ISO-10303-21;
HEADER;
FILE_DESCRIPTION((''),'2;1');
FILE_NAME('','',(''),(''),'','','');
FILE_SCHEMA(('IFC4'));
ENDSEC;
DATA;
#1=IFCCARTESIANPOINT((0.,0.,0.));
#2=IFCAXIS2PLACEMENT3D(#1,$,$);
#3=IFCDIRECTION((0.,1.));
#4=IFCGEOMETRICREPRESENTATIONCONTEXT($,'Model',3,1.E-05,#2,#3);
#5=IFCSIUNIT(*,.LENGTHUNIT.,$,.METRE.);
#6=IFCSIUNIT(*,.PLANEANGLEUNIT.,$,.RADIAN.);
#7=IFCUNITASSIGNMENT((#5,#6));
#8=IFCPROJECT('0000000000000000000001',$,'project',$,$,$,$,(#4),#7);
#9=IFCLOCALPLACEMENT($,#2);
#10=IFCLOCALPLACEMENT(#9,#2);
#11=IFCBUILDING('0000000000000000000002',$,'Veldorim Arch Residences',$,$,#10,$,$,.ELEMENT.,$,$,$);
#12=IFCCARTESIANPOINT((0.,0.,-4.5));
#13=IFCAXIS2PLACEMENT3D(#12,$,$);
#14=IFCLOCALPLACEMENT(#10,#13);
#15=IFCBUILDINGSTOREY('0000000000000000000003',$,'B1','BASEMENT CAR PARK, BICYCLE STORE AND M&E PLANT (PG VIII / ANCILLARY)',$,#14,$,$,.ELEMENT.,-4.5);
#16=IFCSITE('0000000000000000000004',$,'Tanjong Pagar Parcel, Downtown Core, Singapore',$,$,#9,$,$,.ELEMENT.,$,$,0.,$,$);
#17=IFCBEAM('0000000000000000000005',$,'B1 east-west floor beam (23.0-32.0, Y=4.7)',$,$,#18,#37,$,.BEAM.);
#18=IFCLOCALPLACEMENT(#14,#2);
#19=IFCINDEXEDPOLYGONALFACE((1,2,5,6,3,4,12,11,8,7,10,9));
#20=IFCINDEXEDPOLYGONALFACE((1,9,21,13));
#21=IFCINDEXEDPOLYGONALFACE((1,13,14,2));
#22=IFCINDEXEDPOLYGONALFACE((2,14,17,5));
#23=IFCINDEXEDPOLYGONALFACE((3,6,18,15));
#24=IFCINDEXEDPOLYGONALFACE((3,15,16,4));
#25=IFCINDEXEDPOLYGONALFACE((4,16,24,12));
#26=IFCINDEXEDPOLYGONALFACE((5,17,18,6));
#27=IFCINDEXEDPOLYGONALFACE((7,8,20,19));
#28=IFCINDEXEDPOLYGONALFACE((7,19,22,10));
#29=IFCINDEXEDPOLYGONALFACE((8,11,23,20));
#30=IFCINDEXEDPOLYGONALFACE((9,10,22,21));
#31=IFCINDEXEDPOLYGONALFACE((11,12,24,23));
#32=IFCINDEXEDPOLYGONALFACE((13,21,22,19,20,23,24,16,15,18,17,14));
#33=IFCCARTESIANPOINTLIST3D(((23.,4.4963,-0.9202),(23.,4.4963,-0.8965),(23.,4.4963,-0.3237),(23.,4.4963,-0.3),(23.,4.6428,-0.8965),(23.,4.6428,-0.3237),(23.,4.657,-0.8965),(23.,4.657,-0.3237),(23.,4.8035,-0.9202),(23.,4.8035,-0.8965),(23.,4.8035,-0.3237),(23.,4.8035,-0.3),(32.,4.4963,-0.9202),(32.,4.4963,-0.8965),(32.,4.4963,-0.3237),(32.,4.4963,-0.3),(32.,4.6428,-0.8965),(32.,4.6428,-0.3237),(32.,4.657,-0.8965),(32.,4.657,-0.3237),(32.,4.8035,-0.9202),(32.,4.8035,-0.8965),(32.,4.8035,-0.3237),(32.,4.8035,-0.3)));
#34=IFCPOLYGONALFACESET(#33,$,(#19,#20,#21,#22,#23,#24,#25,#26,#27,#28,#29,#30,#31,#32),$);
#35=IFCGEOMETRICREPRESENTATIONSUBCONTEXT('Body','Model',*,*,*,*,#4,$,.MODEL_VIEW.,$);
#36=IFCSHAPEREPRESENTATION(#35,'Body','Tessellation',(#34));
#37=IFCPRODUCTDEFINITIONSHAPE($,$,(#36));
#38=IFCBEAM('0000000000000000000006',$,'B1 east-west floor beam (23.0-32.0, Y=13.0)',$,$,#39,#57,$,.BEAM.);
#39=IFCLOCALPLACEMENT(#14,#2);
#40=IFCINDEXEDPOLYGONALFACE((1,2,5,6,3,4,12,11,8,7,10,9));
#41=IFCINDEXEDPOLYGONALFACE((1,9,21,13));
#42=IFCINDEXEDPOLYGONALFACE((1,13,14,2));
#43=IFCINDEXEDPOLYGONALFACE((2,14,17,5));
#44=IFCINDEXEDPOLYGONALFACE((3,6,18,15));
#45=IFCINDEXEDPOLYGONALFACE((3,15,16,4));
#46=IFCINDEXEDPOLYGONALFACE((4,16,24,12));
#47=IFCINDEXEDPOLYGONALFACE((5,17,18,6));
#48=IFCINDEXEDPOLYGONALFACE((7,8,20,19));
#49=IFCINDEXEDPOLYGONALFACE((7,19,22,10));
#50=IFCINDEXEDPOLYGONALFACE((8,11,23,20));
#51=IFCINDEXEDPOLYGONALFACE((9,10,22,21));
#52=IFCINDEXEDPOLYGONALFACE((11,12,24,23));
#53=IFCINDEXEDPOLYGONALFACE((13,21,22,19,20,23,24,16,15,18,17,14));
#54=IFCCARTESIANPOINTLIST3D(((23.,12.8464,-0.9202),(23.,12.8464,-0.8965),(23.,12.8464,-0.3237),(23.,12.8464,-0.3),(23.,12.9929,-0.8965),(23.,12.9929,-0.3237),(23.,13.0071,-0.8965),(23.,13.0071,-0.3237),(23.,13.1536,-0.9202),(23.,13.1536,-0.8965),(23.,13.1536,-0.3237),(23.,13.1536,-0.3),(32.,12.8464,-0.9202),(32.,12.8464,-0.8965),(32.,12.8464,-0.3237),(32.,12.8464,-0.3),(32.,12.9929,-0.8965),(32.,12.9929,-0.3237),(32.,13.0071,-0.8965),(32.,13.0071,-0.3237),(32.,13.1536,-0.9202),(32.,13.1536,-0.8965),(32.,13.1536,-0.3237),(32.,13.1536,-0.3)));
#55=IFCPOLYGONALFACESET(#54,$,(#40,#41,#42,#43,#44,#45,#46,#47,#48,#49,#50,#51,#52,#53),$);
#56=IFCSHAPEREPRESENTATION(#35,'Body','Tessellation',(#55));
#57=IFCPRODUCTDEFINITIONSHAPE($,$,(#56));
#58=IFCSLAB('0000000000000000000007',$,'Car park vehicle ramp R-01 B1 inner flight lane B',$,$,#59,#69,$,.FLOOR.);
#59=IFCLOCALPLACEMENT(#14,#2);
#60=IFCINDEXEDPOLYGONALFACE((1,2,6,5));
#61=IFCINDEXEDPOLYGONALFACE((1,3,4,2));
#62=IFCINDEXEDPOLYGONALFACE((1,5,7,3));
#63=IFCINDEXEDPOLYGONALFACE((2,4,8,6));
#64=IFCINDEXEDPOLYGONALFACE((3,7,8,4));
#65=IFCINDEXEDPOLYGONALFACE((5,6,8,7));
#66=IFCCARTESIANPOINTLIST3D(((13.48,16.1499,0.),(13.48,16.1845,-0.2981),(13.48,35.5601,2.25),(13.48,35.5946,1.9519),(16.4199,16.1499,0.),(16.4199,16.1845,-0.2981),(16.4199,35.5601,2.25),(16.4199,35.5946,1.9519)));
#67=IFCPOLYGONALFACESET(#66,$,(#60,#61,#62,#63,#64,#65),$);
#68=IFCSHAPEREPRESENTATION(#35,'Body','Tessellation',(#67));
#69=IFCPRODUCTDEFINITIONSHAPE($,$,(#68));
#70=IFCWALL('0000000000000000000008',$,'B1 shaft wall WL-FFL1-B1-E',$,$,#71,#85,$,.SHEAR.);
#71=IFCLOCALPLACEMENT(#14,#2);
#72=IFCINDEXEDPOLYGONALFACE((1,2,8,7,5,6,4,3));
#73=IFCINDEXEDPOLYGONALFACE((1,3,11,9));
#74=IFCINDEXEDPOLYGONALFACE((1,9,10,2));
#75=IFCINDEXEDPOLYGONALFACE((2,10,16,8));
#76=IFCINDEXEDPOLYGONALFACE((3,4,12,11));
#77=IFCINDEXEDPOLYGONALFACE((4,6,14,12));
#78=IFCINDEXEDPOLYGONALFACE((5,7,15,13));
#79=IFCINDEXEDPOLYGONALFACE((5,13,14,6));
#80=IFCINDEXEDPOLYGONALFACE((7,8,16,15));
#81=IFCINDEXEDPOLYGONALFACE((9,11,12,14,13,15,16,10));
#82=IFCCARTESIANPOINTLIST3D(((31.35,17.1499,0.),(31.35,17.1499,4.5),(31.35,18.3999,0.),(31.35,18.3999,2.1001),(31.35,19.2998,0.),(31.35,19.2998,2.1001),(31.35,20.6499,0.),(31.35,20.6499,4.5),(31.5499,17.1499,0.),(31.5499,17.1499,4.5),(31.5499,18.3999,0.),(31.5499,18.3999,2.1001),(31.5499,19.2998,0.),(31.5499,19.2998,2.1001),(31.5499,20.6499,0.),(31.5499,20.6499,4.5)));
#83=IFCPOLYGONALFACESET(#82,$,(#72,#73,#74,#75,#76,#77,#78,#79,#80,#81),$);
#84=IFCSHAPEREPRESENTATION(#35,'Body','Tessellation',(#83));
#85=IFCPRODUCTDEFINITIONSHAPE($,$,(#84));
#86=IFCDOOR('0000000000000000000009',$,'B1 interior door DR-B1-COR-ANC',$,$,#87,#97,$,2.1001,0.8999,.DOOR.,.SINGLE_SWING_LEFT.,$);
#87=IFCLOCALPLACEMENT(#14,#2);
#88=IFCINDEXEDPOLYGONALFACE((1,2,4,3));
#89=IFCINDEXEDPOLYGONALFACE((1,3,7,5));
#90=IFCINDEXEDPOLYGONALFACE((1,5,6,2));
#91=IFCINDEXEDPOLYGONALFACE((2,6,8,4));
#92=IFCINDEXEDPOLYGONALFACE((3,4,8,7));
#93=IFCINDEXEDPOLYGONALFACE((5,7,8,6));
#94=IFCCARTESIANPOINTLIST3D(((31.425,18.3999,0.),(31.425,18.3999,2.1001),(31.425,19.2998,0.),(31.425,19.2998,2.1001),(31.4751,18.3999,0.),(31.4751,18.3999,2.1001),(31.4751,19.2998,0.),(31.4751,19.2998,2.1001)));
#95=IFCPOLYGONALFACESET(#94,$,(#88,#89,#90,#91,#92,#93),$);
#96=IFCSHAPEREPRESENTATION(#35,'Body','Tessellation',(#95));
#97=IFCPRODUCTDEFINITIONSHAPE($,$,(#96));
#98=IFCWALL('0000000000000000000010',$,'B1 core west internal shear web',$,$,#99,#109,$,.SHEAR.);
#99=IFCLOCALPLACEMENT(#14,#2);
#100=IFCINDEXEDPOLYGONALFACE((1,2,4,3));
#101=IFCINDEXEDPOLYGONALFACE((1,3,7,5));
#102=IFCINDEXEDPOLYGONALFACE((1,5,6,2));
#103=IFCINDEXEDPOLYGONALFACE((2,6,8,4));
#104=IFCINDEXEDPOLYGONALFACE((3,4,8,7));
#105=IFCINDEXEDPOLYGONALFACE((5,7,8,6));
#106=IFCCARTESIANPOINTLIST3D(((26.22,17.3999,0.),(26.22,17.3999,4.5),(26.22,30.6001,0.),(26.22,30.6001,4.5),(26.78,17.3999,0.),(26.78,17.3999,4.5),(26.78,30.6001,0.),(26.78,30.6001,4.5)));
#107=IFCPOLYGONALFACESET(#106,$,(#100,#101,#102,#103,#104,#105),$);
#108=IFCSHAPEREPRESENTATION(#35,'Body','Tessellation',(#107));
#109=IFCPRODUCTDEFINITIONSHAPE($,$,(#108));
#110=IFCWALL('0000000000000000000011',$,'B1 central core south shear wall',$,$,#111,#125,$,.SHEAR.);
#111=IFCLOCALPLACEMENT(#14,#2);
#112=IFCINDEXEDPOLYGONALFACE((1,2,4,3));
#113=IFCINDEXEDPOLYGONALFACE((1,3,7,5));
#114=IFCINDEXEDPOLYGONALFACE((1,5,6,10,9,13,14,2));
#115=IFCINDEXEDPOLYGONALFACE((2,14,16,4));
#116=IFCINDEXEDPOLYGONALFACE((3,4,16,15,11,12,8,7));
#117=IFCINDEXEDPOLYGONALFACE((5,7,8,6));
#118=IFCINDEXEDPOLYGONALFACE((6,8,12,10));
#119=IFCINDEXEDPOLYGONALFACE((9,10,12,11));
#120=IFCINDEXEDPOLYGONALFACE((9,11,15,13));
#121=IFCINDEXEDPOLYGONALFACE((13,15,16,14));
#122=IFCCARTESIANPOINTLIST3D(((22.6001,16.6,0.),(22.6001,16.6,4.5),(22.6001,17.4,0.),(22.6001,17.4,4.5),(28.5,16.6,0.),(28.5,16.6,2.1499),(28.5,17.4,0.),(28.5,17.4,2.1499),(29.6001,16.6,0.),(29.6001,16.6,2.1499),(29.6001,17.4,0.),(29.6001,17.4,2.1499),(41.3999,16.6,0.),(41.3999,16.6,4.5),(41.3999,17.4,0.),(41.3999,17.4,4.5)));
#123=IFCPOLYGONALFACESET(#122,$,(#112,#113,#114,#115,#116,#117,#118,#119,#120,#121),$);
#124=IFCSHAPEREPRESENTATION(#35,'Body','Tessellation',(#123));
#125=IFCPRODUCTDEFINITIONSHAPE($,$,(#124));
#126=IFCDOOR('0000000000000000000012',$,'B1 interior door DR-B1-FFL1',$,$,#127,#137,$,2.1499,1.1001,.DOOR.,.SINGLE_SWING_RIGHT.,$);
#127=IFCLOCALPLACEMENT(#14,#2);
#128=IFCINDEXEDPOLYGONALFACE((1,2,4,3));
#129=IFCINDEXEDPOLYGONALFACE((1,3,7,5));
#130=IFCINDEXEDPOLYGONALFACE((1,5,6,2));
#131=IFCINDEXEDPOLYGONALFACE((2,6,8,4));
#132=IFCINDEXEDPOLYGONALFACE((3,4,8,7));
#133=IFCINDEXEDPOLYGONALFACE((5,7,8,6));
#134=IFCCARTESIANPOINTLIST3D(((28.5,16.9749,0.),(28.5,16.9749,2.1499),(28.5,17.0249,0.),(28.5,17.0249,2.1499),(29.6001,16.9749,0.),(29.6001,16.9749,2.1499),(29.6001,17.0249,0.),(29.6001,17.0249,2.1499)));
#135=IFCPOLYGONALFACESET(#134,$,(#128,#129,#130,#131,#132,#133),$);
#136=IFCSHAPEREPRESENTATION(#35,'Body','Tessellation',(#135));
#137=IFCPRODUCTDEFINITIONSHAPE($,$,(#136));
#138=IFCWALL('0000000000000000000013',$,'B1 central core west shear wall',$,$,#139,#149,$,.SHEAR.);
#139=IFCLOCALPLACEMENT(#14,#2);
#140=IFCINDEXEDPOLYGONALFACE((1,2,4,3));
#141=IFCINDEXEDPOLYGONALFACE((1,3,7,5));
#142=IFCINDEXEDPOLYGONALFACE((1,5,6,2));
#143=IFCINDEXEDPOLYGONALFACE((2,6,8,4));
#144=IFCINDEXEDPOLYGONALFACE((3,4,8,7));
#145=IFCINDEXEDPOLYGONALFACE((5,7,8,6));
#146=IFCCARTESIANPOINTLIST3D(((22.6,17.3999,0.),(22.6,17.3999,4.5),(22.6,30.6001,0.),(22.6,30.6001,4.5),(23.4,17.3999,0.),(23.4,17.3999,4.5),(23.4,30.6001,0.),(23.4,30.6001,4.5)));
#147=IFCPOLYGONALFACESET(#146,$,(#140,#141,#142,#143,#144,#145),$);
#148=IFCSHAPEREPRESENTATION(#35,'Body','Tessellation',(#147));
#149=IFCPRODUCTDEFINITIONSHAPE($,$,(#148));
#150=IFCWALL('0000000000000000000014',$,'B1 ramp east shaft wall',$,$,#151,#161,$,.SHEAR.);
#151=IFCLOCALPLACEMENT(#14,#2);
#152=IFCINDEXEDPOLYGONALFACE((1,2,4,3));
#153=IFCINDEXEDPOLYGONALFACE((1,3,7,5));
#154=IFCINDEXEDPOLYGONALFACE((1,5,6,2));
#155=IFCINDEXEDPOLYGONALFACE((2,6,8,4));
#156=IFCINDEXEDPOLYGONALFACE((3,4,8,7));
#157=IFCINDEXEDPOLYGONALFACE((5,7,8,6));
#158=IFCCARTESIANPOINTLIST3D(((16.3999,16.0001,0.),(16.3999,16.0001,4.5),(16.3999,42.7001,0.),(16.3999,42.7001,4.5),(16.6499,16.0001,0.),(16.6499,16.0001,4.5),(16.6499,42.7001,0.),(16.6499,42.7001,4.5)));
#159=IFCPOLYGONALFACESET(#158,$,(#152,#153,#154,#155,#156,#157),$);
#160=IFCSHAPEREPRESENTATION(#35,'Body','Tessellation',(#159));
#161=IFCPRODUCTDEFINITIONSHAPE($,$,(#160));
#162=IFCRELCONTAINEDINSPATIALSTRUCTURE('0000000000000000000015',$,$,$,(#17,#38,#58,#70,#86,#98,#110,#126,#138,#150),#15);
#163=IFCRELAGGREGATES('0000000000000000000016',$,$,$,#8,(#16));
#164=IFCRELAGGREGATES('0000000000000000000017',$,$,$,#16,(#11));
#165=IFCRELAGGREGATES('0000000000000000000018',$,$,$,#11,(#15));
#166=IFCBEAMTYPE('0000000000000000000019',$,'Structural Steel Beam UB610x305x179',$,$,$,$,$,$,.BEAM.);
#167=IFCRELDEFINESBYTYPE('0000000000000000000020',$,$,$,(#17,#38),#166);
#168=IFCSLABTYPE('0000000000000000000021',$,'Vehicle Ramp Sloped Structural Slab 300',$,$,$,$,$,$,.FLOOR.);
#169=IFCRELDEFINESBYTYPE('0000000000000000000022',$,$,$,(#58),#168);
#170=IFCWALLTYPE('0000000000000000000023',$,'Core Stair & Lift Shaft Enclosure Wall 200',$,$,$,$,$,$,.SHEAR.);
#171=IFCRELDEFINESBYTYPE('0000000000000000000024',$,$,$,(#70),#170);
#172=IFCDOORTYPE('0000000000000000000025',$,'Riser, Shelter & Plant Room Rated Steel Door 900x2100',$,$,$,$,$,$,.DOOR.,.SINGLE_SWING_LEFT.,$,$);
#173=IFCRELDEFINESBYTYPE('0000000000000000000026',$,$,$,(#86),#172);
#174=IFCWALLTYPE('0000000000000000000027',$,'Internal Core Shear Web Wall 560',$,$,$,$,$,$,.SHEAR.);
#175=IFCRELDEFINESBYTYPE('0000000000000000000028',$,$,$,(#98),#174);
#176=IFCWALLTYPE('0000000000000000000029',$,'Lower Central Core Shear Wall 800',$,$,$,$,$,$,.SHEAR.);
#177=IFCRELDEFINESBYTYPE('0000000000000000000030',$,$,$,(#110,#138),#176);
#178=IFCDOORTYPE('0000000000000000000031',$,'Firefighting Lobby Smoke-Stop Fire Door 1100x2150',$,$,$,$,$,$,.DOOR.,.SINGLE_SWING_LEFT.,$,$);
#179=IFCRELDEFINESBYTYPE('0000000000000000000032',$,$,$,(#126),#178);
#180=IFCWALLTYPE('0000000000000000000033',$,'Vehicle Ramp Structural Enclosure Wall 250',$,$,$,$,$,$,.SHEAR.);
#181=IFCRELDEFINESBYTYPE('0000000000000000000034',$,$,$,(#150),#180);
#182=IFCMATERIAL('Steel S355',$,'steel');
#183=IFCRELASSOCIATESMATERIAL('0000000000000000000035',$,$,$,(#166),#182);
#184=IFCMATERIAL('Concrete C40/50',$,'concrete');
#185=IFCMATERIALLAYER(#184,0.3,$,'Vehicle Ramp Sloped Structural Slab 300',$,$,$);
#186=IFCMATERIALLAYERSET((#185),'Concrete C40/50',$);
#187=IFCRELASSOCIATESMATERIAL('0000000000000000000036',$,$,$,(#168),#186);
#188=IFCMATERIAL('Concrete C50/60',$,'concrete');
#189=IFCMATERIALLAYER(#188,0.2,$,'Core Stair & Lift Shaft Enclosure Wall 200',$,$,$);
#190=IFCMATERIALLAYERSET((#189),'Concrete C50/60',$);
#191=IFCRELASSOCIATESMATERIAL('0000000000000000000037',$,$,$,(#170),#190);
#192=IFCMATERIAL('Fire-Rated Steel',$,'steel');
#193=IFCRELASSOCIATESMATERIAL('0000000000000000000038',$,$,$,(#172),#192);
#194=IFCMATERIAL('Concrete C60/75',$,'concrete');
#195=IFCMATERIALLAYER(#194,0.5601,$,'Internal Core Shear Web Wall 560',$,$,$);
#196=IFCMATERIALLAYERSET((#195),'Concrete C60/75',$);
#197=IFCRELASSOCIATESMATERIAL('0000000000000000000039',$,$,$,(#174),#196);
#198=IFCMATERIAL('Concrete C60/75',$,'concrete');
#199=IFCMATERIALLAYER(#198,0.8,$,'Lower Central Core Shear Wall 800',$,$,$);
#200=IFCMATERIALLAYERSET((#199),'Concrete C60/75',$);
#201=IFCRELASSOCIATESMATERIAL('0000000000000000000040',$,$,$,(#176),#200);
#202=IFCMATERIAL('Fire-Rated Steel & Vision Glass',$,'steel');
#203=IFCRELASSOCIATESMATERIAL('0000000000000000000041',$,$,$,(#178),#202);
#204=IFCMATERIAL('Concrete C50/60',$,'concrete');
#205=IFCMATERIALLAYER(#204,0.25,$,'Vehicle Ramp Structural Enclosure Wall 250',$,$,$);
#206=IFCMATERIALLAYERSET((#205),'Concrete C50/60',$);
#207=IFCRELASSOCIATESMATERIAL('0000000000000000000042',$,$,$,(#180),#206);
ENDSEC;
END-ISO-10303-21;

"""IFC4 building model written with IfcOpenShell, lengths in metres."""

from ifc_helpers import new_model, si_unit, direction, frame, frame_2d, origin, origin_2d, place, context, subcontext, project, spatial, polyline, rectangle, i_section, outline, extrude, material, layer, layer_set, material_profile, profile_set, type_object, element, fill, save


model = new_model("IFC4")

# Units and contexts
model_context = context("Model", 3, precision=1e-05, world=origin(), true_north=direction((0.0, 1.0)))
body_context = subcontext(model_context, "Body", "Model", "MODEL_VIEW")
ifc_project = project(units=[si_unit("LENGTHUNIT", "METRE"), si_unit("PLANEANGLEUNIT", "RADIAN")], contexts=[model_context])

# Site, building, storey
site_placement = place(None, origin())
site = spatial("IfcSite", under=ifc_project, at=site_placement, Name="Tanjong Pagar Parcel, Downtown Core, Singapore", CompositionType="ELEMENT", RefElevation=0.0)
building_placement = place(site_placement, origin())
building = spatial("IfcBuilding", under=site, at=building_placement, Name="Veldorim Arch Residences", CompositionType="ELEMENT")
storey_placement = place(building_placement, frame((0.0, 0.0, -4.5)))
storey = spatial("IfcBuildingStorey", under=building, at=storey_placement, Name="B1", Description="BASEMENT CAR PARK, BICYCLE STORE AND M&E PLANT (PG VIII / ANCILLARY)", CompositionType="ELEMENT", Elevation=-4.5)

# Beams
ifc_material_1 = material(Name="Steel S355", Category="steel")
ifc_material_profile_1 = material_profile(ifc_material_1, i_section(OverallWidth=0.3071, OverallDepth=0.6201, WebThickness=0.0142, FlangeThickness=0.0237, at=origin_2d()), Name="UB610x305x179")
ifc_profile_set_1 = profile_set([ifc_material_profile_1], Name="Steel S355")
beam_type_1 = type_object("IfcBeamType", Name="Structural Steel Beam UB610x305x179", PredefinedType="BEAM", material=ifc_profile_set_1)
for number, where, z_axis, x_axis, name in (
    (1, (23.0, 4.6499, -0.6101), (1.0, 0.0, 0.0), (0.0, 1.0, 0.0), "B1 east-west floor beam (23.0-32.0, Y=4.7)"),
    (2, (23.0, 13.0, -0.6101), (1.0, 0.0, 0.0), (0.0, 1.0, 0.0), "B1 east-west floor beam (23.0-32.0, Y=13.0)"),
):
    element("IfcBeam", number, at=place(storey_placement, frame(where, z_axis=z_axis, x_axis=x_axis)), inside=storey, type_object=beam_type_1, Name=name, PredefinedType="BEAM", context=body_context, shape_type="SweptSolid", body=[
        extrude(i_section(OverallWidth=0.3071, OverallDepth=0.6201, WebThickness=0.0142, FlangeThickness=0.0237, at=origin_2d()), origin(), (0.0, 0.0, 1.0), 9.0),
    ])

# Slab
ifc_material_2 = material(Name="Concrete C40/50", Category="concrete")
ifc_layer_1 = layer(ifc_material_2, 0.3, Name="Vehicle Ramp Sloped Structural Slab 300")
ifc_layer_set_1 = layer_set([ifc_layer_1], Name="Concrete C40/50")
slab_type = type_object("IfcSlabType", Name="Vehicle Ramp Sloped Structural Slab 300", PredefinedType="FLOOR", material=ifc_layer_set_1)
slab_placement = place(storey_placement, frame((13.48, 16.1499, 0.0), z_axis=(0.0, -0.115148, 0.993348), x_axis=(1.0, 0.0, 0.0)))
element("IfcSlab", 3, at=slab_placement, inside=storey, type_object=slab_type, Name="Car park vehicle ramp R-01 B1 inner flight lane B", PredefinedType="FLOOR", context=body_context, shape_type="SweptSolid", body=[
    extrude(outline(polyline([(0.0, 0.0), (2.9399, 0.0), (2.9399, 19.5401), (0.0, 19.5401), (0.0, 0.0)])), origin(), (0.0, 0.0, -1.0), 0.3),
])

# Wall, opening, door
ifc_material_3 = material(Name="Concrete C50/60", Category="concrete")
ifc_layer_2 = layer(ifc_material_3, 0.2, Name="Core Stair & Lift Shaft Enclosure Wall 200")
ifc_layer_set_2 = layer_set([ifc_layer_2], Name="Concrete C50/60")
wall_type_1 = type_object("IfcWallType", Name="Core Stair & Lift Shaft Enclosure Wall 200", PredefinedType="SHEAR", material=ifc_layer_set_2)
wall_1_placement = place(storey_placement, frame((31.45, 17.1499, 0.0), z_axis=(0.0, 0.0, 1.0), x_axis=(0.0, 1.0, 0.0)))
wall_1 = element("IfcWall", 4, at=wall_1_placement, inside=storey, type_object=wall_type_1, Name="B1 shaft wall WL-FFL1-B1-E", PredefinedType="SHEAR", context=body_context, shape_type="SweptSolid", body=[
    extrude(rectangle(XDim=3.5, YDim=0.2, at=frame_2d((1.75, 0.0))), origin(), (0.0, 0.0, 1.0), 4.5),
])
opening_1_placement = place(wall_1_placement, frame((1.25, 0.0, 0.0)))
opening_1 = element("IfcOpeningElement", 5, at=opening_1_placement, cuts=wall_1, PredefinedType="OPENING", context=body_context, shape_type="SweptSolid", body=[
    extrude(rectangle(XDim=0.8999, YDim=2.1001, at=frame_2d((0.45, 1.05))), frame((0.0, 0.1099, 0.0), z_axis=(0.0, -1.0, 0.0), x_axis=(1.0, 0.0, 0.0)), (0.0, 0.0, 1.0), 0.22),
])
ifc_material_4 = material(Name="Fire-Rated Steel", Category="steel")
door_type_1 = type_object("IfcDoorType", Name="Riser, Shelter & Plant Room Rated Steel Door 900x2100", OperationType="SINGLE_SWING_LEFT", PredefinedType="DOOR", material=ifc_material_4)
door_1_placement = place(opening_1_placement, origin())
door_1 = element("IfcDoor", 6, at=door_1_placement, inside=storey, type_object=door_type_1, Name="B1 interior door DR-B1-COR-ANC", OperationType="SINGLE_SWING_LEFT", OverallHeight=2.1001, OverallWidth=0.8999, PredefinedType="DOOR", context=body_context, shape_type="SweptSolid", body=[
    extrude(rectangle(XDim=0.8999, YDim=2.1001, at=frame_2d((0.45, 1.05))), frame((0.0, 0.0249, 0.0), z_axis=(0.0, -1.0, 0.0), x_axis=(1.0, 0.0, 0.0)), (0.0, 0.0, 1.0), 0.05),
])
fill(opening_1, door_1)

# Wall
ifc_material_5 = material(Name="Concrete C60/75", Category="concrete")
ifc_layer_3 = layer(ifc_material_5, 0.5601, Name="Internal Core Shear Web Wall 560")
ifc_layer_set_3 = layer_set([ifc_layer_3], Name="Concrete C60/75")
wall_type_2 = type_object("IfcWallType", Name="Internal Core Shear Web Wall 560", PredefinedType="SHEAR", material=ifc_layer_set_3)
wall_2_placement = place(storey_placement, frame((26.5, 17.3999, 0.0), z_axis=(0.0, 0.0, 1.0), x_axis=(0.0, 1.0, 0.0)))
element("IfcWall", 7, at=wall_2_placement, inside=storey, type_object=wall_type_2, Name="B1 core west internal shear web", PredefinedType="SHEAR", context=body_context, shape_type="SweptSolid", body=[
    extrude(rectangle(XDim=13.2002, YDim=0.5601, at=frame_2d((6.6001, 0.0))), origin(), (0.0, 0.0, 1.0), 4.5),
])

# Wall, opening, door
ifc_material_6 = material(Name="Concrete C60/75", Category="concrete")
ifc_layer_4 = layer(ifc_material_6, 0.8, Name="Lower Central Core Shear Wall 800")
ifc_layer_set_4 = layer_set([ifc_layer_4], Name="Concrete C60/75")
wall_type_3 = type_object("IfcWallType", Name="Lower Central Core Shear Wall 800", PredefinedType="SHEAR", material=ifc_layer_set_4)
wall_3_placement = place(storey_placement, frame((22.6001, 17.0, 0.0), z_axis=(0.0, 0.0, 1.0), x_axis=(1.0, 0.0, 0.0)))
wall_3 = element("IfcWall", 8, at=wall_3_placement, inside=storey, type_object=wall_type_3, Name="B1 central core south shear wall", PredefinedType="SHEAR", context=body_context, shape_type="SweptSolid", body=[
    extrude(rectangle(XDim=18.7998, YDim=0.8, at=frame_2d((9.3999, 0.0))), origin(), (0.0, 0.0, 1.0), 4.5),
])
opening_2_placement = place(wall_3_placement, frame((5.8999, 0.0, 0.0)))
opening_2 = element("IfcOpeningElement", 9, at=opening_2_placement, cuts=wall_3, PredefinedType="OPENING", context=body_context, shape_type="SweptSolid", body=[
    extrude(rectangle(XDim=1.1001, YDim=2.1499, at=frame_2d((0.55, 1.075))), frame((0.0, 0.4099, 0.0), z_axis=(0.0, -1.0, 0.0), x_axis=(1.0, 0.0, 0.0)), (0.0, 0.0, 1.0), 0.8201),
])
ifc_material_7 = material(Name="Fire-Rated Steel & Vision Glass", Category="steel")
door_type_2 = type_object("IfcDoorType", Name="Firefighting Lobby Smoke-Stop Fire Door 1100x2150", OperationType="SINGLE_SWING_LEFT", PredefinedType="DOOR", material=ifc_material_7)
door_2_placement = place(opening_2_placement, origin())
door_2 = element("IfcDoor", 10, at=door_2_placement, inside=storey, type_object=door_type_2, Name="B1 interior door DR-B1-FFL1", OperationType="SINGLE_SWING_RIGHT", OverallHeight=2.1499, OverallWidth=1.1001, PredefinedType="DOOR", context=body_context, shape_type="SweptSolid", body=[
    extrude(rectangle(XDim=1.1001, YDim=2.1499, at=frame_2d((0.55, 1.075))), frame((0.0, 0.0249, 0.0), z_axis=(0.0, -1.0, 0.0), x_axis=(1.0, 0.0, 0.0)), (0.0, 0.0, 1.0), 0.05),
])
fill(opening_2, door_2)

# Walls
wall_4_placement = place(storey_placement, frame((23.0, 17.3999, 0.0), z_axis=(0.0, 0.0, 1.0), x_axis=(0.0, 1.0, 0.0)))
element("IfcWall", 11, at=wall_4_placement, inside=storey, type_object=wall_type_3, Name="B1 central core west shear wall", PredefinedType="SHEAR", context=body_context, shape_type="SweptSolid", body=[
    extrude(rectangle(XDim=13.2002, YDim=0.8, at=frame_2d((6.6001, 0.0))), origin(), (0.0, 0.0, 1.0), 4.5),
])
ifc_material_8 = material(Name="Concrete C50/60", Category="concrete")
ifc_layer_5 = layer(ifc_material_8, 0.25, Name="Vehicle Ramp Structural Enclosure Wall 250")
ifc_layer_set_5 = layer_set([ifc_layer_5], Name="Concrete C50/60")
wall_type_4 = type_object("IfcWallType", Name="Vehicle Ramp Structural Enclosure Wall 250", PredefinedType="SHEAR", material=ifc_layer_set_5)
wall_5_placement = place(storey_placement, frame((16.5249, 16.0, 0.0), z_axis=(0.0, 0.0, 1.0), x_axis=(0.0, 1.0, 0.0)))
element("IfcWall", 12, at=wall_5_placement, inside=storey, type_object=wall_type_4, Name="B1 ramp east shaft wall", PredefinedType="SHEAR", context=body_context, shape_type="SweptSolid", body=[
    extrude(rectangle(XDim=26.7, YDim=0.25, at=frame_2d((13.3501, 0.0))), origin(), (0.0, 0.0, 1.0), 4.5),
])

save(model, "model.ifc")
